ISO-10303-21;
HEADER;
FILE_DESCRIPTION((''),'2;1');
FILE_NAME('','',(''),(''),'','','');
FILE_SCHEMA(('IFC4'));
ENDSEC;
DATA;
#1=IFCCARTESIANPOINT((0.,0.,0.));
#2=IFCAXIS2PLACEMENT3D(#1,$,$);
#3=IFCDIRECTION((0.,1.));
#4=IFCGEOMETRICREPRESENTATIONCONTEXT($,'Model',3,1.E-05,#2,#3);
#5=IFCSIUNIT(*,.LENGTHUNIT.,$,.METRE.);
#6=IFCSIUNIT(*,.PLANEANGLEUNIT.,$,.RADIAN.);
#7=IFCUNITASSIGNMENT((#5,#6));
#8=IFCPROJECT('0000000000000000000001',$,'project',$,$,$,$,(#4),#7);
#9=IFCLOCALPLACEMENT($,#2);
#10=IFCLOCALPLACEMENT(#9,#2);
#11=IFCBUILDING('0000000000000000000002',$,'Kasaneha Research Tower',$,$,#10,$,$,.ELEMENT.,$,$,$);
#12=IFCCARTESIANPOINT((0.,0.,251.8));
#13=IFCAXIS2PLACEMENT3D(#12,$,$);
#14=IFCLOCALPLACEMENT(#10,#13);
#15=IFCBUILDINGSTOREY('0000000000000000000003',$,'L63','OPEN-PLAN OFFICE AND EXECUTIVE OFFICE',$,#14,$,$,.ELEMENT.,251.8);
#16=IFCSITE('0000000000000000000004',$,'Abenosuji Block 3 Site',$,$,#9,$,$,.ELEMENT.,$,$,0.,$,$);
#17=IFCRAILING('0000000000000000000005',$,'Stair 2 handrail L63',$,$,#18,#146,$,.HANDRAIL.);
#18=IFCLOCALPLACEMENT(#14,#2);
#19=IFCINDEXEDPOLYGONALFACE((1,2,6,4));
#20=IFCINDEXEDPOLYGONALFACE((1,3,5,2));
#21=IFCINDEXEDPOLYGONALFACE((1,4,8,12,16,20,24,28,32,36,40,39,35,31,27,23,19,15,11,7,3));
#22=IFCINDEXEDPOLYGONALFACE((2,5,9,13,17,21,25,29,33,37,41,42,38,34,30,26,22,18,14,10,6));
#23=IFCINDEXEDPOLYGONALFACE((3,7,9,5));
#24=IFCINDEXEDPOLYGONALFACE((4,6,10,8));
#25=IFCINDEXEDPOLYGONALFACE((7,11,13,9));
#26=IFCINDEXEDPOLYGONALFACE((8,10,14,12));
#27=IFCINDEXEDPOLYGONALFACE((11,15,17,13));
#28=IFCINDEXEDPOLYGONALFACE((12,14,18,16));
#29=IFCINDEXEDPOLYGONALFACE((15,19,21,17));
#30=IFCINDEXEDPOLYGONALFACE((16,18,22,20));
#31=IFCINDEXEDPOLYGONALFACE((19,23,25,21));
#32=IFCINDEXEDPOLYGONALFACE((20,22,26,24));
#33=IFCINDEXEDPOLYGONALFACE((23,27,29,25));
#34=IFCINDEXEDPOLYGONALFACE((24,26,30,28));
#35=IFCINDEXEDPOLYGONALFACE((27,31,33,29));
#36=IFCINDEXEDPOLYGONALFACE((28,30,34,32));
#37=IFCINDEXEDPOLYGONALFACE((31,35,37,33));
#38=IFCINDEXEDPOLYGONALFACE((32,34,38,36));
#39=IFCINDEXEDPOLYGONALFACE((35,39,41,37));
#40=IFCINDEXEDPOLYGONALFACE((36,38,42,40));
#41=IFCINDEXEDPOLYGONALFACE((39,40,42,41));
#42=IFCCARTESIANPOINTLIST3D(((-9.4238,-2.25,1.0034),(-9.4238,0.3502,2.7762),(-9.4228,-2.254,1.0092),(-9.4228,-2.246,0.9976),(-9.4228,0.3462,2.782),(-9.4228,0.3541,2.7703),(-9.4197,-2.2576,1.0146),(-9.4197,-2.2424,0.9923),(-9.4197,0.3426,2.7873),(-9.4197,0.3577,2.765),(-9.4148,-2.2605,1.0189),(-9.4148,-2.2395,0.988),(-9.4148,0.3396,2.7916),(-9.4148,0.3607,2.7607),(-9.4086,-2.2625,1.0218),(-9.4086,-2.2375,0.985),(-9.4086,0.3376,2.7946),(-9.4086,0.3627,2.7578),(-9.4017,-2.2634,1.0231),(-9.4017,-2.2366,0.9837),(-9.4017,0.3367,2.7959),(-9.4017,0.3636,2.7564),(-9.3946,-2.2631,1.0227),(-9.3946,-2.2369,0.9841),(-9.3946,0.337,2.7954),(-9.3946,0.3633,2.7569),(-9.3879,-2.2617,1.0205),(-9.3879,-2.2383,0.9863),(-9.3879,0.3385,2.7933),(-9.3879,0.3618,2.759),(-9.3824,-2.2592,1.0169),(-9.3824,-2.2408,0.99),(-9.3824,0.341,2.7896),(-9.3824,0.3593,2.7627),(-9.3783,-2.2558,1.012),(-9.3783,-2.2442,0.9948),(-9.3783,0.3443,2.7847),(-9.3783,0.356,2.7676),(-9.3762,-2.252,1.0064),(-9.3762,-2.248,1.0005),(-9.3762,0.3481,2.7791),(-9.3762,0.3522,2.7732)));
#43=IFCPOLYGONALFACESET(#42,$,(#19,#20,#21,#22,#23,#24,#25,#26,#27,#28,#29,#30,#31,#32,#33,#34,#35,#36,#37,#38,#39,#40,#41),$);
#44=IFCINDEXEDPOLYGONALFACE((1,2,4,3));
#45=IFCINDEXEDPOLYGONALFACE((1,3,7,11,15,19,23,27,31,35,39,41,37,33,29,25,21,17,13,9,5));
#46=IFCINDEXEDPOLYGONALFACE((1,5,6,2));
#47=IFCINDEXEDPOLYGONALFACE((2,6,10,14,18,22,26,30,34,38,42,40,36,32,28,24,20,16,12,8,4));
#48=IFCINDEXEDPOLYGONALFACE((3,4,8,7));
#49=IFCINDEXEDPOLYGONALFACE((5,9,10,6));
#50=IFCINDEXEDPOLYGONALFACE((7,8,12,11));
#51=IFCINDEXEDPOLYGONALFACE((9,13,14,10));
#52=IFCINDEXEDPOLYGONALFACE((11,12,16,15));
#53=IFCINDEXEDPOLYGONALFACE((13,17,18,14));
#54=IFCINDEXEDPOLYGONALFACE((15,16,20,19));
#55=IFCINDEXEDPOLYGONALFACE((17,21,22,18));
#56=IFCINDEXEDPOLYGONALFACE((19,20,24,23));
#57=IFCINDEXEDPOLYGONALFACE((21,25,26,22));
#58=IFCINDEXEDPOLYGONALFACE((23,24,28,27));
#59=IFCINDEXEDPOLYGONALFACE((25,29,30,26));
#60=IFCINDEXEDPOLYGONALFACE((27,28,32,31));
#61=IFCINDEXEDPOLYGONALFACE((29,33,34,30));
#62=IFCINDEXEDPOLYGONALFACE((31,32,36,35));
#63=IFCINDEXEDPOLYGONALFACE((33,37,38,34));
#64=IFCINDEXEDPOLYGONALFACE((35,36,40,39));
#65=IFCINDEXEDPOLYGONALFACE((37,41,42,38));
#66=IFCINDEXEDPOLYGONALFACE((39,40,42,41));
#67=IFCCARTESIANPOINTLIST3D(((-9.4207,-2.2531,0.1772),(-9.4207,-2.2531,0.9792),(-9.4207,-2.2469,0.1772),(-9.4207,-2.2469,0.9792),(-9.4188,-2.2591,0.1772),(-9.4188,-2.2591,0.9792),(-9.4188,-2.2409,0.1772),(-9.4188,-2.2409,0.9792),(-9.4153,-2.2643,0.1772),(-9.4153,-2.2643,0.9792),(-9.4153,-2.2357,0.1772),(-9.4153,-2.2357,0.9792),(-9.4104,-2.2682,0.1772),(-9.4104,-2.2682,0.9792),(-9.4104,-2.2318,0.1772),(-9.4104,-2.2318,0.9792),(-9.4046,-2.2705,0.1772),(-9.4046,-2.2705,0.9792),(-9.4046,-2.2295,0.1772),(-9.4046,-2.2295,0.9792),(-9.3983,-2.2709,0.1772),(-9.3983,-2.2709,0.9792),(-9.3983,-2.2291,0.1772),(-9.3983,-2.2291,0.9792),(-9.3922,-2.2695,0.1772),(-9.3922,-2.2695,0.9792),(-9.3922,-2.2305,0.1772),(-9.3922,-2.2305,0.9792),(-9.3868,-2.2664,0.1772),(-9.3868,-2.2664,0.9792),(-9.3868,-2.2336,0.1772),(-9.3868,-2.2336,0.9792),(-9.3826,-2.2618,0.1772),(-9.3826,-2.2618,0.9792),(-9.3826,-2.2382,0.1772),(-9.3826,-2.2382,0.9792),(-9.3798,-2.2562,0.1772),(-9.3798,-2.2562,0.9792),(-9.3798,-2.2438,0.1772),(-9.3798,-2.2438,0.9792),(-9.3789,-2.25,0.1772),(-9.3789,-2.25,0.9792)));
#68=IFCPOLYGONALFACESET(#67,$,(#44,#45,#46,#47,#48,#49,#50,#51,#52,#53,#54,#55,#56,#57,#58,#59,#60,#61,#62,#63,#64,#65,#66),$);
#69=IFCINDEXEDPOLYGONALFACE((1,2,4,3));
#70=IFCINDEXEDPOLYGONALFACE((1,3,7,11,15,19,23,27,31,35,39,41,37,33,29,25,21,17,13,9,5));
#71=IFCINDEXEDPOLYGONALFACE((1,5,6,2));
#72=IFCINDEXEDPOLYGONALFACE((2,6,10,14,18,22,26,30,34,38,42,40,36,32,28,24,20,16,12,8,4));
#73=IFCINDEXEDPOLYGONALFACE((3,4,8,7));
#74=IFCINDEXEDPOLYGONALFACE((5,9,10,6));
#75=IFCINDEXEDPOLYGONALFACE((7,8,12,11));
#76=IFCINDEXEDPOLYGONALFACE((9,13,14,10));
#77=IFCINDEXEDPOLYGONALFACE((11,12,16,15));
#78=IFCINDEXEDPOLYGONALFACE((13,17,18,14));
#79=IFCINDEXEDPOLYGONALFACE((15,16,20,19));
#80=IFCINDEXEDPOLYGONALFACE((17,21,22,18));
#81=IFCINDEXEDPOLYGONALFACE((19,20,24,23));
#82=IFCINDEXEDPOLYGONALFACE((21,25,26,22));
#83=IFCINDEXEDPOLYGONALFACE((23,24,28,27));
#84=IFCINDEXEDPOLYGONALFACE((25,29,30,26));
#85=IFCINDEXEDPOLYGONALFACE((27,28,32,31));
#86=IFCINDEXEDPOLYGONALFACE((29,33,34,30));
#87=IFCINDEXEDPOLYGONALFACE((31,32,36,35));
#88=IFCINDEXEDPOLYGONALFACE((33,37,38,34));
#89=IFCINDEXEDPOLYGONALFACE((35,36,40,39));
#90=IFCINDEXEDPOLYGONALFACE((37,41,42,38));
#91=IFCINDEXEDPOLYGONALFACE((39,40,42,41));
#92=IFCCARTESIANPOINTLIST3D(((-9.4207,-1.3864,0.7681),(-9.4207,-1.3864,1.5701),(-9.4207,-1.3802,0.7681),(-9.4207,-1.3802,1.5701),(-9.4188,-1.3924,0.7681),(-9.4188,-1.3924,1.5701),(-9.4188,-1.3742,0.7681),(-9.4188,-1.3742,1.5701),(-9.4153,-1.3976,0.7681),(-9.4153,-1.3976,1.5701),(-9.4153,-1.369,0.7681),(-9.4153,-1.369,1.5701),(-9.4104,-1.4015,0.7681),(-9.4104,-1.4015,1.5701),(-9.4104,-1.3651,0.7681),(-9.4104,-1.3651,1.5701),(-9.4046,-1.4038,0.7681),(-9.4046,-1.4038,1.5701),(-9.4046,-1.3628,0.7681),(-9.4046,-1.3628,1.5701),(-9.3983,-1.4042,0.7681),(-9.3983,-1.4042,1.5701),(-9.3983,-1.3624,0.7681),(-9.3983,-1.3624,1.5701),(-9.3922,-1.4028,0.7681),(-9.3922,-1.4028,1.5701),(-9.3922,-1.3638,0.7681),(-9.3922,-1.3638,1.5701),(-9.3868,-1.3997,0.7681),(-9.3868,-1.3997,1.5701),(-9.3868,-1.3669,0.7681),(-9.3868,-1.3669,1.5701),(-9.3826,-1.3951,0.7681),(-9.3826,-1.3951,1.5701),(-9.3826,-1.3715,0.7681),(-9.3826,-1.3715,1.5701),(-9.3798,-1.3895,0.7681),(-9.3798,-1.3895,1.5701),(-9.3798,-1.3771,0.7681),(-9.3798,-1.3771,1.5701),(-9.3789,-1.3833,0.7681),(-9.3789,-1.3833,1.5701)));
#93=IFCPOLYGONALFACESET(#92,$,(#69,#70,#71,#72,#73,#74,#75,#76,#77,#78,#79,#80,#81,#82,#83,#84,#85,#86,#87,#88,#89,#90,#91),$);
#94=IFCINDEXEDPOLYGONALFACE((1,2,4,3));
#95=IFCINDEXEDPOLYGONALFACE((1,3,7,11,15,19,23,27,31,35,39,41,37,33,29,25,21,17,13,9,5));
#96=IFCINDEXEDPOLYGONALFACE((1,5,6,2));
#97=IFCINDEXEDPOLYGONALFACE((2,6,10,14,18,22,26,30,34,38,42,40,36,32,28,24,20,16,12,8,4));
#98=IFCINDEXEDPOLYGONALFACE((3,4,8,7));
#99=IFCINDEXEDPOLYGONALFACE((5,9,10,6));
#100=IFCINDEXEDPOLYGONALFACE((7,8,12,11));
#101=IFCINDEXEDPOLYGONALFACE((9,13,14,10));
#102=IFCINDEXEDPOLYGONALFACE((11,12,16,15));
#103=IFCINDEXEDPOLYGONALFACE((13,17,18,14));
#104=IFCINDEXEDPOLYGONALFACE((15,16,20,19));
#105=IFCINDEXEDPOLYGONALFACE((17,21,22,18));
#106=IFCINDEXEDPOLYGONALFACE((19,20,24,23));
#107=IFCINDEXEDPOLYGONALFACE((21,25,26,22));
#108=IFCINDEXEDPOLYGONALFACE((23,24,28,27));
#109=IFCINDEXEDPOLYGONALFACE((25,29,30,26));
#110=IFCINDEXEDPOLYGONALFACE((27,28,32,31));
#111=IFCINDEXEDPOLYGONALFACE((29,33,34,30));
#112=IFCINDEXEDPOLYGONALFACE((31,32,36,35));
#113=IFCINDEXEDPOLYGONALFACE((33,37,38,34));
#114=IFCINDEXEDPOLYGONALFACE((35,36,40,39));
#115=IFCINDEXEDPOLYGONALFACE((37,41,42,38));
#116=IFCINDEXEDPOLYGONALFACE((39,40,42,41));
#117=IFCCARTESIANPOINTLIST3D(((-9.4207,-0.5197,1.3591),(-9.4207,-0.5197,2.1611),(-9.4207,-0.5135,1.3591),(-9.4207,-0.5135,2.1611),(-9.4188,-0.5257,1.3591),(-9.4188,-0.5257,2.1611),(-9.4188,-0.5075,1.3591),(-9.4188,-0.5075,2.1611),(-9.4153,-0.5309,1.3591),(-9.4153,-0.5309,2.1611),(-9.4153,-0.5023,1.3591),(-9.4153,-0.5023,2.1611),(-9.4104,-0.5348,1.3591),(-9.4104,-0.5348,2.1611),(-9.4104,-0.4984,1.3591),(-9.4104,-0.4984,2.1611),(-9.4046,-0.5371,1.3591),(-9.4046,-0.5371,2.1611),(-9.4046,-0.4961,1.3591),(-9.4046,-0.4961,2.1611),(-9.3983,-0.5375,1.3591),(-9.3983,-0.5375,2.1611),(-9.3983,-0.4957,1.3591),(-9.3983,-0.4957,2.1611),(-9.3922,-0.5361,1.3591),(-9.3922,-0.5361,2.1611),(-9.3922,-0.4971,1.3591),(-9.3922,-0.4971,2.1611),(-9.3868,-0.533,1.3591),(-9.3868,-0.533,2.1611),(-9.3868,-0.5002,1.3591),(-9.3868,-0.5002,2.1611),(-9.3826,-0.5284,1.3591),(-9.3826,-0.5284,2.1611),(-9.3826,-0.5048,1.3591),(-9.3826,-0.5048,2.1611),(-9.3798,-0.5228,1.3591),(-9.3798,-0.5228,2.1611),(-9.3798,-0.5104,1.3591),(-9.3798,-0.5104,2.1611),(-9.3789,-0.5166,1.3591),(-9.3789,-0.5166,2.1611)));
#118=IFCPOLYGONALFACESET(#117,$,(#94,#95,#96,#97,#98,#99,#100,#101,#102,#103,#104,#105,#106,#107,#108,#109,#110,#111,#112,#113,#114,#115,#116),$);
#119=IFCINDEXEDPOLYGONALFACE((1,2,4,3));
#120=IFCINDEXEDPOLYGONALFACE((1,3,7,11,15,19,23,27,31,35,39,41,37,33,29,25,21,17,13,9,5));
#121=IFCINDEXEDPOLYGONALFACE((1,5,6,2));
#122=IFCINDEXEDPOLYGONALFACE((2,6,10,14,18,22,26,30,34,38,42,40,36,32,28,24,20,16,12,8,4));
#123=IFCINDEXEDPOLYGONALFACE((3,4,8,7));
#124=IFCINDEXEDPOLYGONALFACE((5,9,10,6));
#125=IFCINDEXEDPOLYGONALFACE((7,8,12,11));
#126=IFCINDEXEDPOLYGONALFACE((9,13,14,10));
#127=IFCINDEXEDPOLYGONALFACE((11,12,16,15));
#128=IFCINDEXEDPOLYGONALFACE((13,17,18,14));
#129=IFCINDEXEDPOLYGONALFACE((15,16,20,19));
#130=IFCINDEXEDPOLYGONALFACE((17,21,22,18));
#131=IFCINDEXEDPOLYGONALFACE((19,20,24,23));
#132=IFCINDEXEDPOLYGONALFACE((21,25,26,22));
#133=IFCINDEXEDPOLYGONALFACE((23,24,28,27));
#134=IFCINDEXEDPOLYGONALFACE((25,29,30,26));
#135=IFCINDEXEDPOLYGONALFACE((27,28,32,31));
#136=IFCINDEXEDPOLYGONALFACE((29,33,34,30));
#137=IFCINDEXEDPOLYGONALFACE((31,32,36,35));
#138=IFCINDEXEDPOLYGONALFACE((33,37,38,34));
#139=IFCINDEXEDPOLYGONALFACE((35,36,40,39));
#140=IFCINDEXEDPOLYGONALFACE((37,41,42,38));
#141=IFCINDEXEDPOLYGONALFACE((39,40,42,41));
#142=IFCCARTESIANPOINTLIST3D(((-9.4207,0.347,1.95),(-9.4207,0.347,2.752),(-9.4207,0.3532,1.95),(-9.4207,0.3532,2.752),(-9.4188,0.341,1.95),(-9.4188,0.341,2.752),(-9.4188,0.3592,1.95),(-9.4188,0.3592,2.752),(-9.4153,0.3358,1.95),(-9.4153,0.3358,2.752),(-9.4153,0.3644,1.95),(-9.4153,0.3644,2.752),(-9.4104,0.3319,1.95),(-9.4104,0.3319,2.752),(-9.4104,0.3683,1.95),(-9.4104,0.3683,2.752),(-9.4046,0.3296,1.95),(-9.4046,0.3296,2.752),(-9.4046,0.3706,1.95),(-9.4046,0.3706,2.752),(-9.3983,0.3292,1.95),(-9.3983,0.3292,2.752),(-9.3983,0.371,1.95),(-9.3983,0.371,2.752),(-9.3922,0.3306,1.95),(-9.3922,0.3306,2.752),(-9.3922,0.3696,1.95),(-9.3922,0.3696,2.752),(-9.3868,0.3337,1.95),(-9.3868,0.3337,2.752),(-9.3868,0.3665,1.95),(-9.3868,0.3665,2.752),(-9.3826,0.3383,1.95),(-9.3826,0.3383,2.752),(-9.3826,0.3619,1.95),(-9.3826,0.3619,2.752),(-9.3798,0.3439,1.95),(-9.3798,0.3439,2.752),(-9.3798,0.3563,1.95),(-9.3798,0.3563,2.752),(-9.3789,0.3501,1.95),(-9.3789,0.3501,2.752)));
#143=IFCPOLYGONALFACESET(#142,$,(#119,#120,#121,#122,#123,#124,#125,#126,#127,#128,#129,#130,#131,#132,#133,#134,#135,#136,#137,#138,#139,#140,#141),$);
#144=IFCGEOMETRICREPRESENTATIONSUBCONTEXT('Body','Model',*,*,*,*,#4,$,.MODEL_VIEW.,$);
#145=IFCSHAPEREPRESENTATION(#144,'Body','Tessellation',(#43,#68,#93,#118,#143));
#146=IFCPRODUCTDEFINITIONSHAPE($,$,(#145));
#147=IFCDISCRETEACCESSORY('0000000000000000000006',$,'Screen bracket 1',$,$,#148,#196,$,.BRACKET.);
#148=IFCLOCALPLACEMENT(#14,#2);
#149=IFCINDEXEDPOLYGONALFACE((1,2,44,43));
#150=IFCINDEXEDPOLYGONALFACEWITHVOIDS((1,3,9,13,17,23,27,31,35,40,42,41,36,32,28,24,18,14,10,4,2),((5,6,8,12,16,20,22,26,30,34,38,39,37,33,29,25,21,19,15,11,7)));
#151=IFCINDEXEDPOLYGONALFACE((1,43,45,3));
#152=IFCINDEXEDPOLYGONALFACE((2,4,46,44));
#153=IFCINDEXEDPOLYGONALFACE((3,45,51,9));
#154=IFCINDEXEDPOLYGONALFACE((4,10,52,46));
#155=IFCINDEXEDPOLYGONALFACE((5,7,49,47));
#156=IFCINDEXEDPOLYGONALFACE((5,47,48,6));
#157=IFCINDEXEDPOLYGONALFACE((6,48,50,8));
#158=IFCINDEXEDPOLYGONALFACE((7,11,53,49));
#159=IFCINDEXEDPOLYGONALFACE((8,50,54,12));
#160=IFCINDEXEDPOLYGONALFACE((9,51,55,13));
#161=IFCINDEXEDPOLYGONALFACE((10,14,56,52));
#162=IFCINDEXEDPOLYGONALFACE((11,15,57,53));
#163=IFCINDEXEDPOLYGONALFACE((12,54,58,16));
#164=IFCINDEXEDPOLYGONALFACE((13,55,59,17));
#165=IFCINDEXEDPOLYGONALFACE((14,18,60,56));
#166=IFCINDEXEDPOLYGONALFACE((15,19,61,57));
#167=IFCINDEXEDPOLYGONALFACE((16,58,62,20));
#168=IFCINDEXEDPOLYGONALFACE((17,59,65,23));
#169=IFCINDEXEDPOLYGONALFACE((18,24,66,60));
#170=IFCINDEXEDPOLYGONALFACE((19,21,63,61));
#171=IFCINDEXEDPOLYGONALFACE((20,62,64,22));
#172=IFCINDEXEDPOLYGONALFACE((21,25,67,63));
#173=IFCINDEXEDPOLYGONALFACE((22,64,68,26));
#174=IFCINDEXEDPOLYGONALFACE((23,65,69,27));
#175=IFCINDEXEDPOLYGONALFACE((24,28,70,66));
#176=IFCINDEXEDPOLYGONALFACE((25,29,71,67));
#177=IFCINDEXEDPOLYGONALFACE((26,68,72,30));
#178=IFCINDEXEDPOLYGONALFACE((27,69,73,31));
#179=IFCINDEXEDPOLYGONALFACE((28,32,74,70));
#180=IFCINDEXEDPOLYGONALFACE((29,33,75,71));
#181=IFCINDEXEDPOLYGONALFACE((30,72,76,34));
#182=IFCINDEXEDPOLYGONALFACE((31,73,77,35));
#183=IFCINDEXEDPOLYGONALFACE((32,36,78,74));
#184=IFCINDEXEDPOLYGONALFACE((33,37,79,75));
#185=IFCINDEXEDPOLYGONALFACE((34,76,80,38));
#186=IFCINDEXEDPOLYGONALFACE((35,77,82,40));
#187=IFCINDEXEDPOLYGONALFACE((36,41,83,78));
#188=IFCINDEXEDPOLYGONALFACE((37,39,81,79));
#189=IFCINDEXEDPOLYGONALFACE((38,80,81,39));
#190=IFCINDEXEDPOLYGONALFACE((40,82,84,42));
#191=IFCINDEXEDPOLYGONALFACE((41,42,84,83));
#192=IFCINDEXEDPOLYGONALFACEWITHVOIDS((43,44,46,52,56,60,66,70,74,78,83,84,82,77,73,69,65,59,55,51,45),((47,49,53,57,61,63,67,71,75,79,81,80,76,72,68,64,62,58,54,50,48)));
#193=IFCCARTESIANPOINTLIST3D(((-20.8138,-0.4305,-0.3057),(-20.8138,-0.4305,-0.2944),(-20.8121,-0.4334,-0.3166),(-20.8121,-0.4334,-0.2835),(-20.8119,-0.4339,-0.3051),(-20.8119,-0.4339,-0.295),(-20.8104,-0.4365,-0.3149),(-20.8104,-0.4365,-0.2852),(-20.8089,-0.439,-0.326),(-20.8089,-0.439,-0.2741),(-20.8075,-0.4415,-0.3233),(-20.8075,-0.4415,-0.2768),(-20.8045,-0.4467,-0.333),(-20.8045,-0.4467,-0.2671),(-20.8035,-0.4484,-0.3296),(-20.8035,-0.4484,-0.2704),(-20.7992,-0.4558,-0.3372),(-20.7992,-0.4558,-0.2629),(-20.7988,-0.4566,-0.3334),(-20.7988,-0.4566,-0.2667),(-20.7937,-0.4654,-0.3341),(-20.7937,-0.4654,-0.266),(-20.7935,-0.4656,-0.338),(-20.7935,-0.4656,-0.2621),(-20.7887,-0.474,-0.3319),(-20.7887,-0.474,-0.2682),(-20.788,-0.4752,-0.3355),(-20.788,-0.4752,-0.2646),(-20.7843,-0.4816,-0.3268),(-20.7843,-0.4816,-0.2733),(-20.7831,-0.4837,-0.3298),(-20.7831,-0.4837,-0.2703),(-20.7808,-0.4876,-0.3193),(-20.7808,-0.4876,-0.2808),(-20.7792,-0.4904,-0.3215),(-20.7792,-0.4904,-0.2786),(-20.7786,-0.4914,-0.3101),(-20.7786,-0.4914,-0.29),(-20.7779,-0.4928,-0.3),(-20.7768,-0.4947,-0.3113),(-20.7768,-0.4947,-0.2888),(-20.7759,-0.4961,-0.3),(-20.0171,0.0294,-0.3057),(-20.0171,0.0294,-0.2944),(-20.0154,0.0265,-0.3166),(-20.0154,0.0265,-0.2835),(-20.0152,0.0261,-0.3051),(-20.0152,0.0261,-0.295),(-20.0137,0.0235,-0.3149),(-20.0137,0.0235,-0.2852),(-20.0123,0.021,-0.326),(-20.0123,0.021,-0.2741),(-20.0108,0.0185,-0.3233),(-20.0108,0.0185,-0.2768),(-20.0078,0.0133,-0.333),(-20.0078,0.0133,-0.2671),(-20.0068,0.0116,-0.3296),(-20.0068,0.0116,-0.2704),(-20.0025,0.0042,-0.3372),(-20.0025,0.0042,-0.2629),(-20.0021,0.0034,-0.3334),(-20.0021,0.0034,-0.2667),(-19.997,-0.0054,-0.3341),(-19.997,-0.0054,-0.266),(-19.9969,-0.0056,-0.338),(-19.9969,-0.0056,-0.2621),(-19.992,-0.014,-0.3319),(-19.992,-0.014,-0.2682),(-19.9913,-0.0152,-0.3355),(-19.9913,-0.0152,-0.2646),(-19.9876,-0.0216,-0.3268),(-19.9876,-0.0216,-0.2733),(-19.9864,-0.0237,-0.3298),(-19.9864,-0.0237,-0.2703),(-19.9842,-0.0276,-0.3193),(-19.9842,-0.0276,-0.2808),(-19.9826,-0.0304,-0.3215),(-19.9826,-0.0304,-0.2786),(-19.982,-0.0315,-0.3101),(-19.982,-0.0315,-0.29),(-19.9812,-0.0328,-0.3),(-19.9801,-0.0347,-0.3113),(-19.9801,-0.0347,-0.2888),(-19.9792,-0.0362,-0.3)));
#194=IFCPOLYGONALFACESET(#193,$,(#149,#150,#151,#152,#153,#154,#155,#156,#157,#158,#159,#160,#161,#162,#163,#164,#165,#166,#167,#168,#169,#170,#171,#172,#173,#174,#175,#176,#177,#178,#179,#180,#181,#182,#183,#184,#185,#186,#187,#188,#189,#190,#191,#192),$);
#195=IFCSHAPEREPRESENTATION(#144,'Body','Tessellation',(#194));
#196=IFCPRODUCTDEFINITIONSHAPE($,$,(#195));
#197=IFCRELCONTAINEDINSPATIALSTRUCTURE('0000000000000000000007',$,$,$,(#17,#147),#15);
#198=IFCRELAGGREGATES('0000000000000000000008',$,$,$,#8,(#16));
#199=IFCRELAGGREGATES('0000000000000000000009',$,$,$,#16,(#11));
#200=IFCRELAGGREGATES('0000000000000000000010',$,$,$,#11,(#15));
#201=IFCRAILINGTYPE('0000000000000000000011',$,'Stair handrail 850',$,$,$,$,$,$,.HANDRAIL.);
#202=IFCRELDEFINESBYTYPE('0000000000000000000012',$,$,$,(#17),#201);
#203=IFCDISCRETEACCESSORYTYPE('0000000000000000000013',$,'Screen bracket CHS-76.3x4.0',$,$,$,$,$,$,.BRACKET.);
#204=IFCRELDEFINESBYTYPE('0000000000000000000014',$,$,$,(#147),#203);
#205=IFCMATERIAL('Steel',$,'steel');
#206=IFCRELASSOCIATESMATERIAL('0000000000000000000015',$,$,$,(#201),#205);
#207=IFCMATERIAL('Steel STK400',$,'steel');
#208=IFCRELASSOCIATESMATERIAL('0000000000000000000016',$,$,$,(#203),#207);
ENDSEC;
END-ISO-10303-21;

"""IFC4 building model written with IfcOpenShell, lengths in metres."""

from ifc_helpers import new_model, si_unit, direction, frame, origin, origin_2d, place, context, subcontext, project, spatial, circle, hollow_circle, extrude, material, material_profile, profile_set, type_object, element, save


model = new_model("IFC4")

# Units and contexts
model_context = context("Model", 3, precision=1e-05, world=origin(), true_north=direction((0.0, 1.0)))
body_context = subcontext(model_context, "Body", "Model", "MODEL_VIEW")
ifc_project = project(units=[si_unit("LENGTHUNIT", "METRE"), si_unit("PLANEANGLEUNIT", "RADIAN")], contexts=[model_context])

# Site, building, storey
site_placement = place(None, origin())
site = spatial("IfcSite", under=ifc_project, at=site_placement, Name="Abenosuji Block 3 Site", CompositionType="ELEMENT", RefElevation=0.0)
building_placement = place(site_placement, origin())
building = spatial("IfcBuilding", under=site, at=building_placement, Name="Kasaneha Research Tower", CompositionType="ELEMENT")
storey_placement = place(building_placement, frame((0.0, 0.0, 251.8)))
storey = spatial("IfcBuildingStorey", under=building, at=storey_placement, Name="L63", Description="OPEN-PLAN OFFICE AND EXECUTIVE OFFICE", CompositionType="ELEMENT", Elevation=251.8)

# Railing
ifc_material_1 = material(Name="Steel", Category="steel")
railing_type = type_object("IfcRailingType", Name="Stair handrail 850", PredefinedType="HANDRAIL", material=ifc_material_1)
railing_placement = place(storey_placement, frame((-9.3999, -2.25, 0.1772)))
element("IfcRailing", 1, at=railing_placement, inside=storey, type_object=railing_type, Name="Stair 2 handrail L63", PredefinedType="HANDRAIL", context=body_context, shape_type="SweptSolid", body=[
    extrude(circle(Radius=0.0239, at=origin_2d()), frame((0.0, 0.0, 0.8262), z_axis=(0.0, 0.82624, 0.563318), x_axis=(-1.0, 0.0, 0.0)), (0.0, 0.0, 1.0), 3.147),
    extrude(circle(Radius=0.021, at=origin_2d()), origin(), (0.0, 0.0, 1.0), 0.802),
    extrude(circle(Radius=0.021, at=origin_2d()), frame((0.0, 0.8667, 0.5908)), (0.0, 0.0, 1.0), 0.802),
    extrude(circle(Radius=0.021, at=origin_2d()), frame((0.0, 1.7334, 1.1819)), (0.0, 0.0, 1.0), 0.802),
    extrude(circle(Radius=0.021, at=origin_2d()), frame((0.0, 2.6001, 1.7727)), (0.0, 0.0, 1.0), 0.802),
])

# Discrete accessory
ifc_material_2 = material(Name="Steel STK400", Category="steel")
ifc_material_profile_1 = material_profile(ifc_material_2, hollow_circle(Radius=0.0381, WallThickness=0.0039, at=origin_2d()), Name="CHS-76.3x4.0")
ifc_profile_set_1 = profile_set([ifc_material_profile_1], Name="Steel STK400")
discrete_accessory_type = type_object("IfcDiscreteAccessoryType", Name="Screen bracket CHS-76.3x4.0", PredefinedType="BRACKET", material=ifc_profile_set_1)
discrete_accessory_placement = place(storey_placement, frame((-19.9983, -0.0032, -0.3), z_axis=(-0.866013, -0.500021, 0.0), x_axis=(0.500021, -0.866013, 0.0)))
element("IfcDiscreteAccessory", 2, at=discrete_accessory_placement, inside=storey, type_object=discrete_accessory_type, Name="Screen bracket 1", PredefinedType="BRACKET", context=body_context, shape_type="SweptSolid", body=[
    extrude(hollow_circle(Radius=0.0381, WallThickness=0.0039, at=origin_2d()), origin(), (0.0, 0.0, 1.0), 0.9199),
])

save(model, "model.ifc")
